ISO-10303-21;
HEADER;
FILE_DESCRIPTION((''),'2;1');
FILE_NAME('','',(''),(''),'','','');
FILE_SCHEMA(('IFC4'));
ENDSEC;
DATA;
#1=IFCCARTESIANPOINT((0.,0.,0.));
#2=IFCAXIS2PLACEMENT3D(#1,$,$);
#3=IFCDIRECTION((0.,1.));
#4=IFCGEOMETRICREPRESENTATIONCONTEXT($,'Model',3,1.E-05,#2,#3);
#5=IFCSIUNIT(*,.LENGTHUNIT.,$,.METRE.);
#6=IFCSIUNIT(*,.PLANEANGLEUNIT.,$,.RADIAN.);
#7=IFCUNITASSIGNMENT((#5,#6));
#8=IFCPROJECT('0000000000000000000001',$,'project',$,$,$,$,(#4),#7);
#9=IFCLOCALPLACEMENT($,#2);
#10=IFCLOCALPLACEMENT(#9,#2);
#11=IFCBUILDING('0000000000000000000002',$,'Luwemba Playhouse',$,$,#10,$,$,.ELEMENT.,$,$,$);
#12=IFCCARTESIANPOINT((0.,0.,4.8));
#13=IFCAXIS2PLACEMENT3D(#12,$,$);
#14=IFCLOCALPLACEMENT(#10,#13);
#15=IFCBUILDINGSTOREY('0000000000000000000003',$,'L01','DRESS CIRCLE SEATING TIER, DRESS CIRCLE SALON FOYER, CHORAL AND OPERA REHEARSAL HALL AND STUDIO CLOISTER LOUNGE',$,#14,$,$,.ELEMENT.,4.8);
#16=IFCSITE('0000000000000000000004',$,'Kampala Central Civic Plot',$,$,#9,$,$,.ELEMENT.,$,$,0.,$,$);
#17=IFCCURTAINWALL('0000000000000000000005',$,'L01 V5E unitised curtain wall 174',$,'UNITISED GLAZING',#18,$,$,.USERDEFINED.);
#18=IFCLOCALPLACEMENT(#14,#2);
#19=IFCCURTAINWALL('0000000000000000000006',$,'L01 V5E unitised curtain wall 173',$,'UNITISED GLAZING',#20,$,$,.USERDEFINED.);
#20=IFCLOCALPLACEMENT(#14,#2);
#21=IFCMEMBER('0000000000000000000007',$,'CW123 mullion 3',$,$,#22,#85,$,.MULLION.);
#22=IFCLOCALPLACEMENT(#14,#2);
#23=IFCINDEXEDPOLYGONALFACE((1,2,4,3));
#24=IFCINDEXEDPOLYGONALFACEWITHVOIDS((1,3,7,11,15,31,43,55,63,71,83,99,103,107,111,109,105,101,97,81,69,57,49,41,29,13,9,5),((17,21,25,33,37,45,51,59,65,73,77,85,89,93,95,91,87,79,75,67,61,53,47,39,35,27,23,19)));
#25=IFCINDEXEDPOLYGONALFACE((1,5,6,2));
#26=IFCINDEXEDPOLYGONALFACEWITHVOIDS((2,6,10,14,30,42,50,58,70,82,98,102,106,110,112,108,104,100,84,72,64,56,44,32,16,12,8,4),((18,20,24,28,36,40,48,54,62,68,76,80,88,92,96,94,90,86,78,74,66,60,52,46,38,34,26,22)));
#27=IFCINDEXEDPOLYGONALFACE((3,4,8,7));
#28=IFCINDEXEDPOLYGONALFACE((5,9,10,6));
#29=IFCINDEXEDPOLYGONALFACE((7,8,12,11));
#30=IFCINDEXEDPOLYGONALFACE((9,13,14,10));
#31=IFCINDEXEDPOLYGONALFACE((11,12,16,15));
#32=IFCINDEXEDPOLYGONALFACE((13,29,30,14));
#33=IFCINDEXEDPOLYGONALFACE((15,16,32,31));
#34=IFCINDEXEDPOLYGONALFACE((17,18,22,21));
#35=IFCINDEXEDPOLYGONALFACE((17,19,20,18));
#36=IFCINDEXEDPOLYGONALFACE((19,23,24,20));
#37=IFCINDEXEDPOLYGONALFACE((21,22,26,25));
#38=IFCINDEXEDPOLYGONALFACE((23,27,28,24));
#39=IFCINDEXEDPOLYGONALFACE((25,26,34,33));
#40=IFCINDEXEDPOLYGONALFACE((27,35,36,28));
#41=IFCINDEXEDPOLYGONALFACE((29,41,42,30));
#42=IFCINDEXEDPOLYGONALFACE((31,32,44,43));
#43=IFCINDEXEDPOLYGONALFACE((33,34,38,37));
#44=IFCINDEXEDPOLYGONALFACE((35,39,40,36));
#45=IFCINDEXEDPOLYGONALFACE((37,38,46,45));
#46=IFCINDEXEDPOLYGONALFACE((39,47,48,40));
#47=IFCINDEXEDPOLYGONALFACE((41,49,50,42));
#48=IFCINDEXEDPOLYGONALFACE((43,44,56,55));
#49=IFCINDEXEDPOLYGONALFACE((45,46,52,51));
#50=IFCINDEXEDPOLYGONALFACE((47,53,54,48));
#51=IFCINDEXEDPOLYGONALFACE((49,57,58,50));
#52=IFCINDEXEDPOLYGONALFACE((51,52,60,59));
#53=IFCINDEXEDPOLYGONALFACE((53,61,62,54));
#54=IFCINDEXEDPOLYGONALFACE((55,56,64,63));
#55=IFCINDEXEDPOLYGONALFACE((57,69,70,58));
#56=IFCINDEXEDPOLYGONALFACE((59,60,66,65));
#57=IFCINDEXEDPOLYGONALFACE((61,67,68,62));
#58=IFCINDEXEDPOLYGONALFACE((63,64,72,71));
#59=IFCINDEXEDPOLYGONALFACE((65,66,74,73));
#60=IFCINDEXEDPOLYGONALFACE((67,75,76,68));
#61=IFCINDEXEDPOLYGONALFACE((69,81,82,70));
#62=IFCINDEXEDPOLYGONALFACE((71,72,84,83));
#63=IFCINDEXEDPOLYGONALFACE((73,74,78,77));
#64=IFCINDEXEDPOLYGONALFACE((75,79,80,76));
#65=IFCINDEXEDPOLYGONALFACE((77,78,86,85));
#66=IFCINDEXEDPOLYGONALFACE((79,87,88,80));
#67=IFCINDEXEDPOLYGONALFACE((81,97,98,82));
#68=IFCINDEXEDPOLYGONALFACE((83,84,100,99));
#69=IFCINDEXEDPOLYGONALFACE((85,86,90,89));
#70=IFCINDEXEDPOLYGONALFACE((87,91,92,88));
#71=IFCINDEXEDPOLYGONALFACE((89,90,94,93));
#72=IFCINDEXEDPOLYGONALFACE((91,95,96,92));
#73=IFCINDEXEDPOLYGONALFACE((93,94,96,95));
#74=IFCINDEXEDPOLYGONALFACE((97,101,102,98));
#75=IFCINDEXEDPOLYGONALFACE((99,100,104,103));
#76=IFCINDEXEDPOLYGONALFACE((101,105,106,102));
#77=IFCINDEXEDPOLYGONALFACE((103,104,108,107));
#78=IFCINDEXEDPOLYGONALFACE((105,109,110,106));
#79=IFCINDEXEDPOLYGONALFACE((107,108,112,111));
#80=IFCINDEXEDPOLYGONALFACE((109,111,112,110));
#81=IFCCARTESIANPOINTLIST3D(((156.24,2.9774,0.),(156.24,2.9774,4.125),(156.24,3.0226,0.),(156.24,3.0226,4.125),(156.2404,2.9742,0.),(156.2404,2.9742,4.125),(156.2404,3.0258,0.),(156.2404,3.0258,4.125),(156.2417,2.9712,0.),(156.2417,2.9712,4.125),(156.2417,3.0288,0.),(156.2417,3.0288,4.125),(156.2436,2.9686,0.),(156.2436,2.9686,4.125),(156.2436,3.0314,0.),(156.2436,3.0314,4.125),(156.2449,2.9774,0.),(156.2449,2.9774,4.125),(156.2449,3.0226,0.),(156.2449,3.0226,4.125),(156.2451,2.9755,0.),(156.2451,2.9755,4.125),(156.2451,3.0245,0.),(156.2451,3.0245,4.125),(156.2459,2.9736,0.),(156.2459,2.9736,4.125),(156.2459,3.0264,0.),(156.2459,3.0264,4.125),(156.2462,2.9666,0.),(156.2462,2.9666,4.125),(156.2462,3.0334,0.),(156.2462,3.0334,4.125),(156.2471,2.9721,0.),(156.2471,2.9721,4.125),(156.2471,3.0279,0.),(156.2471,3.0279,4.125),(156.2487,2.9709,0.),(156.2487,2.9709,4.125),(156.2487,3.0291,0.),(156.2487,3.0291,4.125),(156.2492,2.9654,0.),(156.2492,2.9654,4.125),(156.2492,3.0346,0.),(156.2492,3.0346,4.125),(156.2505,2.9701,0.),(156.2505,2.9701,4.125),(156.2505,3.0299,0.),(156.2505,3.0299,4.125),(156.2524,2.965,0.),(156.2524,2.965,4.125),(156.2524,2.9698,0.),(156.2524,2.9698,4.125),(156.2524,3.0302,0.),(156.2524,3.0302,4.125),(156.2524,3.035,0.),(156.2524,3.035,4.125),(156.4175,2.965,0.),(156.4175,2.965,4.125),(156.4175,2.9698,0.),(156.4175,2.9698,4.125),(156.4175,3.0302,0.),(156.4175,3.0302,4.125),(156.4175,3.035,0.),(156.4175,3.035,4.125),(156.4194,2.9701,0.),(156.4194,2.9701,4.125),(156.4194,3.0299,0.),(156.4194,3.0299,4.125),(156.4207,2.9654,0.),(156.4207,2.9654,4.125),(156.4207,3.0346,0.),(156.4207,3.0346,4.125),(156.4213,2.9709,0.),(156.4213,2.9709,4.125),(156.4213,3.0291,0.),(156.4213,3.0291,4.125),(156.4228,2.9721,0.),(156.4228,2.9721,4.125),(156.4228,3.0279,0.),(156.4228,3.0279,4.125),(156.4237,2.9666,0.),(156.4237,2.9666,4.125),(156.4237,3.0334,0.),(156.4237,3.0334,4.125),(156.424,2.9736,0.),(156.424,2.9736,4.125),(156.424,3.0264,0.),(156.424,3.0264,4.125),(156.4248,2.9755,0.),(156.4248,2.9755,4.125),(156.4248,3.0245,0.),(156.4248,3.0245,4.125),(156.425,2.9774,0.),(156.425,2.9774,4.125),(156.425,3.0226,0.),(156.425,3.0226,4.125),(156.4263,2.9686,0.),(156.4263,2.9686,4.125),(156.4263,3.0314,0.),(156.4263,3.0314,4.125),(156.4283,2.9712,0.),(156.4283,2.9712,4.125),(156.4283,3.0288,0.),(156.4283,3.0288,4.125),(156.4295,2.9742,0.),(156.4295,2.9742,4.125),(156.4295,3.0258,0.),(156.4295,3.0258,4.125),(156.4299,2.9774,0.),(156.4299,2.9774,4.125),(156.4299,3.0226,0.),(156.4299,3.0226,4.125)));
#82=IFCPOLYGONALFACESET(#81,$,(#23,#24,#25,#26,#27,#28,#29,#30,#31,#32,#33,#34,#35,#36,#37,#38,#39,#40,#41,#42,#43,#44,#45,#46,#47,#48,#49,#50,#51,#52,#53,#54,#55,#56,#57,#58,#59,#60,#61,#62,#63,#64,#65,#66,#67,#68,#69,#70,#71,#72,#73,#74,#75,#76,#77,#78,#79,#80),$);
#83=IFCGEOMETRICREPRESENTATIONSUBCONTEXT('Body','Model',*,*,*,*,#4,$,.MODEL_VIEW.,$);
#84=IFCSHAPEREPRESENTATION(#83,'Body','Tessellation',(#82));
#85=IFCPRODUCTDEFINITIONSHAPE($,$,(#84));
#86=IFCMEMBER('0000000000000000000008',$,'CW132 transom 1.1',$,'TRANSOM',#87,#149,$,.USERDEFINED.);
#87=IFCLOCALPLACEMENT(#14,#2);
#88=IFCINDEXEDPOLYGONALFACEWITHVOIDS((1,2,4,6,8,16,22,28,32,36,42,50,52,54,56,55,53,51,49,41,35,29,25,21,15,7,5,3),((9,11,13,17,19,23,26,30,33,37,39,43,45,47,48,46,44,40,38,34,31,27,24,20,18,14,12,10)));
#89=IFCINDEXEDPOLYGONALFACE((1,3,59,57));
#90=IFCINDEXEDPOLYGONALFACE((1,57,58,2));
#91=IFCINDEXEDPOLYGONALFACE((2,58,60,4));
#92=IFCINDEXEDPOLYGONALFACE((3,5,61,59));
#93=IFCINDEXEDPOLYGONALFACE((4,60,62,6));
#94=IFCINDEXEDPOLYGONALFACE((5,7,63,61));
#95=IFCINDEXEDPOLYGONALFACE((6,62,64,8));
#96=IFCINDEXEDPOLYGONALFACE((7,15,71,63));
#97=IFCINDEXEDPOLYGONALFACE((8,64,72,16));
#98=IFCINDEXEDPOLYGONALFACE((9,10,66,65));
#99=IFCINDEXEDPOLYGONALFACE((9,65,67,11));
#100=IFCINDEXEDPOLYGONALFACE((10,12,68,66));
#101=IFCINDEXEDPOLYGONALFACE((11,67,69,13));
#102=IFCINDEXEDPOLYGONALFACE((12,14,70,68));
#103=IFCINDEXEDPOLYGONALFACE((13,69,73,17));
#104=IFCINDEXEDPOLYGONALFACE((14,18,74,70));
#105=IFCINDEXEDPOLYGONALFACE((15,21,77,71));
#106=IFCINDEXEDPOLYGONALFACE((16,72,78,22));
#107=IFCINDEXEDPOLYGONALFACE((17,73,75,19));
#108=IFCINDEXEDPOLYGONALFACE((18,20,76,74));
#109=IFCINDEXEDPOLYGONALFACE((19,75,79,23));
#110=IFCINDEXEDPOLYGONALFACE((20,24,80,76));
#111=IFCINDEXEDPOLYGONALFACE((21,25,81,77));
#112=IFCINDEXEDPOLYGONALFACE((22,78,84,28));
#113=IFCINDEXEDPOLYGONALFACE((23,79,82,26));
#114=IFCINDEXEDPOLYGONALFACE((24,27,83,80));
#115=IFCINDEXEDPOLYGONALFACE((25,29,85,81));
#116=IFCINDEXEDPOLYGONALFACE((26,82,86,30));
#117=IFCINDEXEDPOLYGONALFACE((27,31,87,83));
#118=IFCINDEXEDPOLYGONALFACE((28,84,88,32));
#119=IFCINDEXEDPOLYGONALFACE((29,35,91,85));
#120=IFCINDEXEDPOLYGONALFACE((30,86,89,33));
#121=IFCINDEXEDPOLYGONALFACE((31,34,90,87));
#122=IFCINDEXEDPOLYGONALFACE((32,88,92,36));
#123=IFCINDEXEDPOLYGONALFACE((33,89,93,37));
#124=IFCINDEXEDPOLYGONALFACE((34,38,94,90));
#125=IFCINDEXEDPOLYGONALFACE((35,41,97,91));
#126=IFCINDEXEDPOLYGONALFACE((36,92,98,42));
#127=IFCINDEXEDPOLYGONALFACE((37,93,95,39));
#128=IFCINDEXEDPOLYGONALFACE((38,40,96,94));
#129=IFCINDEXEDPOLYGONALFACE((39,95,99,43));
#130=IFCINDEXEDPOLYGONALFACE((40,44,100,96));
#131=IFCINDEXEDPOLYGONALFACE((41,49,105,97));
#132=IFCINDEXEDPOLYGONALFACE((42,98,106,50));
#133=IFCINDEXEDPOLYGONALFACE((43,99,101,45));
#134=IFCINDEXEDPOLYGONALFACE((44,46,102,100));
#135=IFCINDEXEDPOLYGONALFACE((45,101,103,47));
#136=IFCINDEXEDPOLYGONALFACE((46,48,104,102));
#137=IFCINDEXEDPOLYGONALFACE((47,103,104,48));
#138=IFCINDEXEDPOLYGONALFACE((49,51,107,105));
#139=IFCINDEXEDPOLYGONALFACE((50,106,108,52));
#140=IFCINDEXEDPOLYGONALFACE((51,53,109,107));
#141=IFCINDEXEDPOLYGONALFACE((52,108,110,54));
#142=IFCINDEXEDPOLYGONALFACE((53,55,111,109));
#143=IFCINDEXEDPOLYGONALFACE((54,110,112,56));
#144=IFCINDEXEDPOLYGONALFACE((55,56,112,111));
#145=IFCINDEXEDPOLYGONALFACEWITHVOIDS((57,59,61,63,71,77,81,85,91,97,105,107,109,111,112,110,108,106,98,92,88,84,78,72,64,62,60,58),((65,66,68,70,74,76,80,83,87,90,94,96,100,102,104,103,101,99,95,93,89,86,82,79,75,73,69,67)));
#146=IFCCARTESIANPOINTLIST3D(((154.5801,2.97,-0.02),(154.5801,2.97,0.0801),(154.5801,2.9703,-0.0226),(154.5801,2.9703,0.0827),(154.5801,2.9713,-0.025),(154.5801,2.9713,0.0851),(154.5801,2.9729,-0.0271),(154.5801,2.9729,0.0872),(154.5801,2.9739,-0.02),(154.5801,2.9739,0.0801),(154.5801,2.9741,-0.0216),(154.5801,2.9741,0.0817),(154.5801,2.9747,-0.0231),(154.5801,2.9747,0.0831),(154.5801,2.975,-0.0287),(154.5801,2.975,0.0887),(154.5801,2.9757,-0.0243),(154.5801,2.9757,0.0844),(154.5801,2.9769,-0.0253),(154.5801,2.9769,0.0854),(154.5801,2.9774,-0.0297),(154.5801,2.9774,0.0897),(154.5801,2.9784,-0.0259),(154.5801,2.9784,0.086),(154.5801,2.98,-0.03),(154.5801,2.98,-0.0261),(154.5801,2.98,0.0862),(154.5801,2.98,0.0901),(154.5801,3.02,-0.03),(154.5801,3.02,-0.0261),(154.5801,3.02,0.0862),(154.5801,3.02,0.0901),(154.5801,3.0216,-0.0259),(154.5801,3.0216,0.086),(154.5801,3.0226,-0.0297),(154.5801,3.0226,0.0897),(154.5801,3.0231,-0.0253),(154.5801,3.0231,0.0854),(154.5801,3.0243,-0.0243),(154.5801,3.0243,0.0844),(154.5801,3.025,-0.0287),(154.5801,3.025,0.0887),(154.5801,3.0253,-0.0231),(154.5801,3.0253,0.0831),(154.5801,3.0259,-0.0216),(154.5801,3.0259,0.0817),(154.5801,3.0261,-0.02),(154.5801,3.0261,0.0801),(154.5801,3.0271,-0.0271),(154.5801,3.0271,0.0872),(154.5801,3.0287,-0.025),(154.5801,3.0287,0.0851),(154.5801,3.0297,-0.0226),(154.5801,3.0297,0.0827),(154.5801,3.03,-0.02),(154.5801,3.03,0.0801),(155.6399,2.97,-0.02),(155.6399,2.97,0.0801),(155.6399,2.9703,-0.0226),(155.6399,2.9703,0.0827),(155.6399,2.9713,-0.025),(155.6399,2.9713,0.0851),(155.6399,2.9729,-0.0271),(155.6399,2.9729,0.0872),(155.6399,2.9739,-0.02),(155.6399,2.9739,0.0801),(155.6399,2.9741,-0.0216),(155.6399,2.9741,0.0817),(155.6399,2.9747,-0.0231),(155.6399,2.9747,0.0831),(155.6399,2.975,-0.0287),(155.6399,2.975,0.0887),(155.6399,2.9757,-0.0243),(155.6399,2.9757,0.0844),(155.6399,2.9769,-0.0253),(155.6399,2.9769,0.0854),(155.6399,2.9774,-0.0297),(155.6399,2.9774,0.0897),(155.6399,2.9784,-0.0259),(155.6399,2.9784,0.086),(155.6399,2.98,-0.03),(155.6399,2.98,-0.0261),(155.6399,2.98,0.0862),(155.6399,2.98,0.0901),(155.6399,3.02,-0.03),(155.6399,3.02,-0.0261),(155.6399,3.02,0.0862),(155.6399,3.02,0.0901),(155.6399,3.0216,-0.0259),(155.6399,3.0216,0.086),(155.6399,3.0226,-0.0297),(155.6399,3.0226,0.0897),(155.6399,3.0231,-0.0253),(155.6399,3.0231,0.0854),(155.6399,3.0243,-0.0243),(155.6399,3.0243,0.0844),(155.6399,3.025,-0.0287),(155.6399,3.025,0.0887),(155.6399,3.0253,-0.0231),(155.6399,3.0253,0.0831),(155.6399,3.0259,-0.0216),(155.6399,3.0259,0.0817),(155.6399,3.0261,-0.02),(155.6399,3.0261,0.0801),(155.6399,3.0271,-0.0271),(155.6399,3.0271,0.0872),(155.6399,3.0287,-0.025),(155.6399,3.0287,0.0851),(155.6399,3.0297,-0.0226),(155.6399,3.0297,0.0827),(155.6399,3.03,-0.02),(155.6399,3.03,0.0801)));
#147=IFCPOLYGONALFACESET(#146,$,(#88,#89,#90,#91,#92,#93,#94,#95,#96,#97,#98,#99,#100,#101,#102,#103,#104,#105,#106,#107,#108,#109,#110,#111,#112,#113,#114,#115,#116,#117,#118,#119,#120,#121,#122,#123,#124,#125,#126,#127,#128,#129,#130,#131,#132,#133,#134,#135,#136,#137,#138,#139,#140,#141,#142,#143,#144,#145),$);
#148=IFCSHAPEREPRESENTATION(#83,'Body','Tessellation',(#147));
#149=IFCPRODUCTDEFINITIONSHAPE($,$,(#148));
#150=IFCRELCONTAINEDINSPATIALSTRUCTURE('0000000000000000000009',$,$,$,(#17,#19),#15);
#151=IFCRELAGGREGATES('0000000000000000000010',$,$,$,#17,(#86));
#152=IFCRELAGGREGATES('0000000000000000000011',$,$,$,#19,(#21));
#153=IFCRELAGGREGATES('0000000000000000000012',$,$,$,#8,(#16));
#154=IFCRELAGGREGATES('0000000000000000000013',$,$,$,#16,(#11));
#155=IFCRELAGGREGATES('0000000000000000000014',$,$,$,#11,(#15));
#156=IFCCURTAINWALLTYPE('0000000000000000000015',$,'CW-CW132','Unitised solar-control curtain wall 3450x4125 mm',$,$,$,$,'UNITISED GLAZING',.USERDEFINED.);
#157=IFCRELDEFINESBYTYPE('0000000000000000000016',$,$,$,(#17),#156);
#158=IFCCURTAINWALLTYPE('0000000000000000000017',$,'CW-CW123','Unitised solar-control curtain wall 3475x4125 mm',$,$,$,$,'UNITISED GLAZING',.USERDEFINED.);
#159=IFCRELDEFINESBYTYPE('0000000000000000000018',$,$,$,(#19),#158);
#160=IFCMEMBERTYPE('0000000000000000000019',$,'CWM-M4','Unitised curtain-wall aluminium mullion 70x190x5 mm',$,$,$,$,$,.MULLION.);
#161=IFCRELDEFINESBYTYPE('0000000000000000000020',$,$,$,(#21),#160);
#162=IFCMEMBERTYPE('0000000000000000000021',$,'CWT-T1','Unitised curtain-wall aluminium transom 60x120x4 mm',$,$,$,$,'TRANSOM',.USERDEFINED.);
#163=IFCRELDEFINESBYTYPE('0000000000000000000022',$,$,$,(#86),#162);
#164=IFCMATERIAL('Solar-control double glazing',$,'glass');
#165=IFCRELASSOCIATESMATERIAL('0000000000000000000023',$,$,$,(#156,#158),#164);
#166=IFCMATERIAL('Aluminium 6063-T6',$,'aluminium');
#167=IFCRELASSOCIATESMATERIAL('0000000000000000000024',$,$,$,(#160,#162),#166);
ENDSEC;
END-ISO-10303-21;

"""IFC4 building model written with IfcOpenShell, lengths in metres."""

from ifc_helpers import new_model, si_unit, direction, frame, origin, origin_2d, place, context, subcontext, project, spatial, hollow_rectangle, extrude, material, material_profile, profile_set, type_object, element, aggregate, save


model = new_model("IFC4")

# Units and contexts
model_context = context("Model", 3, precision=1e-05, world=origin(), true_north=direction((0.0, 1.0)))
body_context = subcontext(model_context, "Body", "Model", "MODEL_VIEW")
ifc_project = project(units=[si_unit("LENGTHUNIT", "METRE"), si_unit("PLANEANGLEUNIT", "RADIAN")], contexts=[model_context])

# Site, building, storey
site_placement = place(None, origin())
site = spatial("IfcSite", under=ifc_project, at=site_placement, Name="Kampala Central Civic Plot", CompositionType="ELEMENT", RefElevation=0.0)
building_placement = place(site_placement, origin())
building = spatial("IfcBuilding", under=site, at=building_placement, Name="Luwemba Playhouse", CompositionType="ELEMENT")
storey_placement = place(building_placement, frame((0.0, 0.0, 4.8)))
storey = spatial("IfcBuildingStorey", under=building, at=storey_placement, Name="L01", Description="DRESS CIRCLE SEATING TIER, DRESS CIRCLE SALON FOYER, CHORAL AND OPERA REHEARSAL HALL AND STUDIO CLOISTER LOUNGE", CompositionType="ELEMENT", Elevation=4.8)

# Curtain wall
ifc_material_1 = material(Name="Solar-control double glazing", Category="glass")
curtain_wall_type_1 = type_object("IfcCurtainWallType", Name="CW-CW132", Description="Unitised solar-control curtain wall 3450x4125 mm", ElementType="UNITISED GLAZING", PredefinedType="USERDEFINED", material=ifc_material_1)
curtain_wall_1_placement = place(storey_placement, origin())
curtain_wall_1 = element("IfcCurtainWall", 1, at=curtain_wall_1_placement, inside=storey, type_object=curtain_wall_type_1, Name="L01 V5E unitised curtain wall 174", ObjectType="UNITISED GLAZING", PredefinedType="USERDEFINED")
ifc_material_2 = material(Name="Aluminium 6063-T6", Category="aluminium")

# Curtain wall, member
curtain_wall_type_2 = type_object("IfcCurtainWallType", Name="CW-CW123", Description="Unitised solar-control curtain wall 3475x4125 mm", ElementType="UNITISED GLAZING", PredefinedType="USERDEFINED", material=ifc_material_1)
curtain_wall_2_placement = place(storey_placement, origin())
curtain_wall_2 = element("IfcCurtainWall", 2, at=curtain_wall_2_placement, inside=storey, type_object=curtain_wall_type_2, Name="L01 V5E unitised curtain wall 173", ObjectType="UNITISED GLAZING", PredefinedType="USERDEFINED")
ifc_material_profile_1 = material_profile(ifc_material_2, hollow_rectangle(XDim=0.0701, YDim=0.1899, WallThickness=0.0049, InnerFilletRadius=0.0076, OuterFilletRadius=0.0125, at=origin_2d()))
ifc_profile_set_1 = profile_set([ifc_material_profile_1], Name="Aluminium 6063-T6")
member_type_1 = type_object("IfcMemberType", Name="CWM-M4", Description="Unitised curtain-wall aluminium mullion 70x190x5 mm", PredefinedType="MULLION", material=ifc_profile_set_1)
member_1_placement = place(storey_placement, frame((156.335, 3.0, 0.0), z_axis=(0.0, 0.0, 1.0), x_axis=(0.0, -1.0, 0.0)))
member_1 = element("IfcMember", 3, at=member_1_placement, type_object=member_type_1, Name="CW123 mullion 3", PredefinedType="MULLION", context=body_context, shape_type="SweptSolid", body=[
    extrude(hollow_rectangle(XDim=0.0701, YDim=0.1899, WallThickness=0.0049, InnerFilletRadius=0.0076, OuterFilletRadius=0.0125, at=origin_2d()), origin(), (0.0, 0.0, 1.0), 4.125),
])

# Member
ifc_material_profile_2 = material_profile(ifc_material_2, hollow_rectangle(XDim=0.0601, YDim=0.1201, WallThickness=0.0039, InnerFilletRadius=0.0061, OuterFilletRadius=0.01, at=origin_2d()))
ifc_profile_set_2 = profile_set([ifc_material_profile_2], Name="Aluminium 6063-T6")
member_type_2 = type_object("IfcMemberType", Name="CWT-T1", Description="Unitised curtain-wall aluminium transom 60x120x4 mm", ElementType="TRANSOM", PredefinedType="USERDEFINED", material=ifc_profile_set_2)
member_2_placement = place(storey_placement, frame((155.6399, 3.0, 0.03), z_axis=(-1.0, 0.0, 0.0), x_axis=(0.0, -1.0, 0.0)))
member_2 = element("IfcMember", 4, at=member_2_placement, type_object=member_type_2, Name="CW132 transom 1.1", ObjectType="TRANSOM", PredefinedType="USERDEFINED", context=body_context, shape_type="SweptSolid", body=[
    extrude(hollow_rectangle(XDim=0.0601, YDim=0.1201, WallThickness=0.0039, InnerFilletRadius=0.0061, OuterFilletRadius=0.01, at=origin_2d()), origin(), (0.0, 0.0, 1.0), 1.0598),
])

aggregate(curtain_wall_1, [member_2])
aggregate(curtain_wall_2, [member_1])

save(model, "model.ifc")
